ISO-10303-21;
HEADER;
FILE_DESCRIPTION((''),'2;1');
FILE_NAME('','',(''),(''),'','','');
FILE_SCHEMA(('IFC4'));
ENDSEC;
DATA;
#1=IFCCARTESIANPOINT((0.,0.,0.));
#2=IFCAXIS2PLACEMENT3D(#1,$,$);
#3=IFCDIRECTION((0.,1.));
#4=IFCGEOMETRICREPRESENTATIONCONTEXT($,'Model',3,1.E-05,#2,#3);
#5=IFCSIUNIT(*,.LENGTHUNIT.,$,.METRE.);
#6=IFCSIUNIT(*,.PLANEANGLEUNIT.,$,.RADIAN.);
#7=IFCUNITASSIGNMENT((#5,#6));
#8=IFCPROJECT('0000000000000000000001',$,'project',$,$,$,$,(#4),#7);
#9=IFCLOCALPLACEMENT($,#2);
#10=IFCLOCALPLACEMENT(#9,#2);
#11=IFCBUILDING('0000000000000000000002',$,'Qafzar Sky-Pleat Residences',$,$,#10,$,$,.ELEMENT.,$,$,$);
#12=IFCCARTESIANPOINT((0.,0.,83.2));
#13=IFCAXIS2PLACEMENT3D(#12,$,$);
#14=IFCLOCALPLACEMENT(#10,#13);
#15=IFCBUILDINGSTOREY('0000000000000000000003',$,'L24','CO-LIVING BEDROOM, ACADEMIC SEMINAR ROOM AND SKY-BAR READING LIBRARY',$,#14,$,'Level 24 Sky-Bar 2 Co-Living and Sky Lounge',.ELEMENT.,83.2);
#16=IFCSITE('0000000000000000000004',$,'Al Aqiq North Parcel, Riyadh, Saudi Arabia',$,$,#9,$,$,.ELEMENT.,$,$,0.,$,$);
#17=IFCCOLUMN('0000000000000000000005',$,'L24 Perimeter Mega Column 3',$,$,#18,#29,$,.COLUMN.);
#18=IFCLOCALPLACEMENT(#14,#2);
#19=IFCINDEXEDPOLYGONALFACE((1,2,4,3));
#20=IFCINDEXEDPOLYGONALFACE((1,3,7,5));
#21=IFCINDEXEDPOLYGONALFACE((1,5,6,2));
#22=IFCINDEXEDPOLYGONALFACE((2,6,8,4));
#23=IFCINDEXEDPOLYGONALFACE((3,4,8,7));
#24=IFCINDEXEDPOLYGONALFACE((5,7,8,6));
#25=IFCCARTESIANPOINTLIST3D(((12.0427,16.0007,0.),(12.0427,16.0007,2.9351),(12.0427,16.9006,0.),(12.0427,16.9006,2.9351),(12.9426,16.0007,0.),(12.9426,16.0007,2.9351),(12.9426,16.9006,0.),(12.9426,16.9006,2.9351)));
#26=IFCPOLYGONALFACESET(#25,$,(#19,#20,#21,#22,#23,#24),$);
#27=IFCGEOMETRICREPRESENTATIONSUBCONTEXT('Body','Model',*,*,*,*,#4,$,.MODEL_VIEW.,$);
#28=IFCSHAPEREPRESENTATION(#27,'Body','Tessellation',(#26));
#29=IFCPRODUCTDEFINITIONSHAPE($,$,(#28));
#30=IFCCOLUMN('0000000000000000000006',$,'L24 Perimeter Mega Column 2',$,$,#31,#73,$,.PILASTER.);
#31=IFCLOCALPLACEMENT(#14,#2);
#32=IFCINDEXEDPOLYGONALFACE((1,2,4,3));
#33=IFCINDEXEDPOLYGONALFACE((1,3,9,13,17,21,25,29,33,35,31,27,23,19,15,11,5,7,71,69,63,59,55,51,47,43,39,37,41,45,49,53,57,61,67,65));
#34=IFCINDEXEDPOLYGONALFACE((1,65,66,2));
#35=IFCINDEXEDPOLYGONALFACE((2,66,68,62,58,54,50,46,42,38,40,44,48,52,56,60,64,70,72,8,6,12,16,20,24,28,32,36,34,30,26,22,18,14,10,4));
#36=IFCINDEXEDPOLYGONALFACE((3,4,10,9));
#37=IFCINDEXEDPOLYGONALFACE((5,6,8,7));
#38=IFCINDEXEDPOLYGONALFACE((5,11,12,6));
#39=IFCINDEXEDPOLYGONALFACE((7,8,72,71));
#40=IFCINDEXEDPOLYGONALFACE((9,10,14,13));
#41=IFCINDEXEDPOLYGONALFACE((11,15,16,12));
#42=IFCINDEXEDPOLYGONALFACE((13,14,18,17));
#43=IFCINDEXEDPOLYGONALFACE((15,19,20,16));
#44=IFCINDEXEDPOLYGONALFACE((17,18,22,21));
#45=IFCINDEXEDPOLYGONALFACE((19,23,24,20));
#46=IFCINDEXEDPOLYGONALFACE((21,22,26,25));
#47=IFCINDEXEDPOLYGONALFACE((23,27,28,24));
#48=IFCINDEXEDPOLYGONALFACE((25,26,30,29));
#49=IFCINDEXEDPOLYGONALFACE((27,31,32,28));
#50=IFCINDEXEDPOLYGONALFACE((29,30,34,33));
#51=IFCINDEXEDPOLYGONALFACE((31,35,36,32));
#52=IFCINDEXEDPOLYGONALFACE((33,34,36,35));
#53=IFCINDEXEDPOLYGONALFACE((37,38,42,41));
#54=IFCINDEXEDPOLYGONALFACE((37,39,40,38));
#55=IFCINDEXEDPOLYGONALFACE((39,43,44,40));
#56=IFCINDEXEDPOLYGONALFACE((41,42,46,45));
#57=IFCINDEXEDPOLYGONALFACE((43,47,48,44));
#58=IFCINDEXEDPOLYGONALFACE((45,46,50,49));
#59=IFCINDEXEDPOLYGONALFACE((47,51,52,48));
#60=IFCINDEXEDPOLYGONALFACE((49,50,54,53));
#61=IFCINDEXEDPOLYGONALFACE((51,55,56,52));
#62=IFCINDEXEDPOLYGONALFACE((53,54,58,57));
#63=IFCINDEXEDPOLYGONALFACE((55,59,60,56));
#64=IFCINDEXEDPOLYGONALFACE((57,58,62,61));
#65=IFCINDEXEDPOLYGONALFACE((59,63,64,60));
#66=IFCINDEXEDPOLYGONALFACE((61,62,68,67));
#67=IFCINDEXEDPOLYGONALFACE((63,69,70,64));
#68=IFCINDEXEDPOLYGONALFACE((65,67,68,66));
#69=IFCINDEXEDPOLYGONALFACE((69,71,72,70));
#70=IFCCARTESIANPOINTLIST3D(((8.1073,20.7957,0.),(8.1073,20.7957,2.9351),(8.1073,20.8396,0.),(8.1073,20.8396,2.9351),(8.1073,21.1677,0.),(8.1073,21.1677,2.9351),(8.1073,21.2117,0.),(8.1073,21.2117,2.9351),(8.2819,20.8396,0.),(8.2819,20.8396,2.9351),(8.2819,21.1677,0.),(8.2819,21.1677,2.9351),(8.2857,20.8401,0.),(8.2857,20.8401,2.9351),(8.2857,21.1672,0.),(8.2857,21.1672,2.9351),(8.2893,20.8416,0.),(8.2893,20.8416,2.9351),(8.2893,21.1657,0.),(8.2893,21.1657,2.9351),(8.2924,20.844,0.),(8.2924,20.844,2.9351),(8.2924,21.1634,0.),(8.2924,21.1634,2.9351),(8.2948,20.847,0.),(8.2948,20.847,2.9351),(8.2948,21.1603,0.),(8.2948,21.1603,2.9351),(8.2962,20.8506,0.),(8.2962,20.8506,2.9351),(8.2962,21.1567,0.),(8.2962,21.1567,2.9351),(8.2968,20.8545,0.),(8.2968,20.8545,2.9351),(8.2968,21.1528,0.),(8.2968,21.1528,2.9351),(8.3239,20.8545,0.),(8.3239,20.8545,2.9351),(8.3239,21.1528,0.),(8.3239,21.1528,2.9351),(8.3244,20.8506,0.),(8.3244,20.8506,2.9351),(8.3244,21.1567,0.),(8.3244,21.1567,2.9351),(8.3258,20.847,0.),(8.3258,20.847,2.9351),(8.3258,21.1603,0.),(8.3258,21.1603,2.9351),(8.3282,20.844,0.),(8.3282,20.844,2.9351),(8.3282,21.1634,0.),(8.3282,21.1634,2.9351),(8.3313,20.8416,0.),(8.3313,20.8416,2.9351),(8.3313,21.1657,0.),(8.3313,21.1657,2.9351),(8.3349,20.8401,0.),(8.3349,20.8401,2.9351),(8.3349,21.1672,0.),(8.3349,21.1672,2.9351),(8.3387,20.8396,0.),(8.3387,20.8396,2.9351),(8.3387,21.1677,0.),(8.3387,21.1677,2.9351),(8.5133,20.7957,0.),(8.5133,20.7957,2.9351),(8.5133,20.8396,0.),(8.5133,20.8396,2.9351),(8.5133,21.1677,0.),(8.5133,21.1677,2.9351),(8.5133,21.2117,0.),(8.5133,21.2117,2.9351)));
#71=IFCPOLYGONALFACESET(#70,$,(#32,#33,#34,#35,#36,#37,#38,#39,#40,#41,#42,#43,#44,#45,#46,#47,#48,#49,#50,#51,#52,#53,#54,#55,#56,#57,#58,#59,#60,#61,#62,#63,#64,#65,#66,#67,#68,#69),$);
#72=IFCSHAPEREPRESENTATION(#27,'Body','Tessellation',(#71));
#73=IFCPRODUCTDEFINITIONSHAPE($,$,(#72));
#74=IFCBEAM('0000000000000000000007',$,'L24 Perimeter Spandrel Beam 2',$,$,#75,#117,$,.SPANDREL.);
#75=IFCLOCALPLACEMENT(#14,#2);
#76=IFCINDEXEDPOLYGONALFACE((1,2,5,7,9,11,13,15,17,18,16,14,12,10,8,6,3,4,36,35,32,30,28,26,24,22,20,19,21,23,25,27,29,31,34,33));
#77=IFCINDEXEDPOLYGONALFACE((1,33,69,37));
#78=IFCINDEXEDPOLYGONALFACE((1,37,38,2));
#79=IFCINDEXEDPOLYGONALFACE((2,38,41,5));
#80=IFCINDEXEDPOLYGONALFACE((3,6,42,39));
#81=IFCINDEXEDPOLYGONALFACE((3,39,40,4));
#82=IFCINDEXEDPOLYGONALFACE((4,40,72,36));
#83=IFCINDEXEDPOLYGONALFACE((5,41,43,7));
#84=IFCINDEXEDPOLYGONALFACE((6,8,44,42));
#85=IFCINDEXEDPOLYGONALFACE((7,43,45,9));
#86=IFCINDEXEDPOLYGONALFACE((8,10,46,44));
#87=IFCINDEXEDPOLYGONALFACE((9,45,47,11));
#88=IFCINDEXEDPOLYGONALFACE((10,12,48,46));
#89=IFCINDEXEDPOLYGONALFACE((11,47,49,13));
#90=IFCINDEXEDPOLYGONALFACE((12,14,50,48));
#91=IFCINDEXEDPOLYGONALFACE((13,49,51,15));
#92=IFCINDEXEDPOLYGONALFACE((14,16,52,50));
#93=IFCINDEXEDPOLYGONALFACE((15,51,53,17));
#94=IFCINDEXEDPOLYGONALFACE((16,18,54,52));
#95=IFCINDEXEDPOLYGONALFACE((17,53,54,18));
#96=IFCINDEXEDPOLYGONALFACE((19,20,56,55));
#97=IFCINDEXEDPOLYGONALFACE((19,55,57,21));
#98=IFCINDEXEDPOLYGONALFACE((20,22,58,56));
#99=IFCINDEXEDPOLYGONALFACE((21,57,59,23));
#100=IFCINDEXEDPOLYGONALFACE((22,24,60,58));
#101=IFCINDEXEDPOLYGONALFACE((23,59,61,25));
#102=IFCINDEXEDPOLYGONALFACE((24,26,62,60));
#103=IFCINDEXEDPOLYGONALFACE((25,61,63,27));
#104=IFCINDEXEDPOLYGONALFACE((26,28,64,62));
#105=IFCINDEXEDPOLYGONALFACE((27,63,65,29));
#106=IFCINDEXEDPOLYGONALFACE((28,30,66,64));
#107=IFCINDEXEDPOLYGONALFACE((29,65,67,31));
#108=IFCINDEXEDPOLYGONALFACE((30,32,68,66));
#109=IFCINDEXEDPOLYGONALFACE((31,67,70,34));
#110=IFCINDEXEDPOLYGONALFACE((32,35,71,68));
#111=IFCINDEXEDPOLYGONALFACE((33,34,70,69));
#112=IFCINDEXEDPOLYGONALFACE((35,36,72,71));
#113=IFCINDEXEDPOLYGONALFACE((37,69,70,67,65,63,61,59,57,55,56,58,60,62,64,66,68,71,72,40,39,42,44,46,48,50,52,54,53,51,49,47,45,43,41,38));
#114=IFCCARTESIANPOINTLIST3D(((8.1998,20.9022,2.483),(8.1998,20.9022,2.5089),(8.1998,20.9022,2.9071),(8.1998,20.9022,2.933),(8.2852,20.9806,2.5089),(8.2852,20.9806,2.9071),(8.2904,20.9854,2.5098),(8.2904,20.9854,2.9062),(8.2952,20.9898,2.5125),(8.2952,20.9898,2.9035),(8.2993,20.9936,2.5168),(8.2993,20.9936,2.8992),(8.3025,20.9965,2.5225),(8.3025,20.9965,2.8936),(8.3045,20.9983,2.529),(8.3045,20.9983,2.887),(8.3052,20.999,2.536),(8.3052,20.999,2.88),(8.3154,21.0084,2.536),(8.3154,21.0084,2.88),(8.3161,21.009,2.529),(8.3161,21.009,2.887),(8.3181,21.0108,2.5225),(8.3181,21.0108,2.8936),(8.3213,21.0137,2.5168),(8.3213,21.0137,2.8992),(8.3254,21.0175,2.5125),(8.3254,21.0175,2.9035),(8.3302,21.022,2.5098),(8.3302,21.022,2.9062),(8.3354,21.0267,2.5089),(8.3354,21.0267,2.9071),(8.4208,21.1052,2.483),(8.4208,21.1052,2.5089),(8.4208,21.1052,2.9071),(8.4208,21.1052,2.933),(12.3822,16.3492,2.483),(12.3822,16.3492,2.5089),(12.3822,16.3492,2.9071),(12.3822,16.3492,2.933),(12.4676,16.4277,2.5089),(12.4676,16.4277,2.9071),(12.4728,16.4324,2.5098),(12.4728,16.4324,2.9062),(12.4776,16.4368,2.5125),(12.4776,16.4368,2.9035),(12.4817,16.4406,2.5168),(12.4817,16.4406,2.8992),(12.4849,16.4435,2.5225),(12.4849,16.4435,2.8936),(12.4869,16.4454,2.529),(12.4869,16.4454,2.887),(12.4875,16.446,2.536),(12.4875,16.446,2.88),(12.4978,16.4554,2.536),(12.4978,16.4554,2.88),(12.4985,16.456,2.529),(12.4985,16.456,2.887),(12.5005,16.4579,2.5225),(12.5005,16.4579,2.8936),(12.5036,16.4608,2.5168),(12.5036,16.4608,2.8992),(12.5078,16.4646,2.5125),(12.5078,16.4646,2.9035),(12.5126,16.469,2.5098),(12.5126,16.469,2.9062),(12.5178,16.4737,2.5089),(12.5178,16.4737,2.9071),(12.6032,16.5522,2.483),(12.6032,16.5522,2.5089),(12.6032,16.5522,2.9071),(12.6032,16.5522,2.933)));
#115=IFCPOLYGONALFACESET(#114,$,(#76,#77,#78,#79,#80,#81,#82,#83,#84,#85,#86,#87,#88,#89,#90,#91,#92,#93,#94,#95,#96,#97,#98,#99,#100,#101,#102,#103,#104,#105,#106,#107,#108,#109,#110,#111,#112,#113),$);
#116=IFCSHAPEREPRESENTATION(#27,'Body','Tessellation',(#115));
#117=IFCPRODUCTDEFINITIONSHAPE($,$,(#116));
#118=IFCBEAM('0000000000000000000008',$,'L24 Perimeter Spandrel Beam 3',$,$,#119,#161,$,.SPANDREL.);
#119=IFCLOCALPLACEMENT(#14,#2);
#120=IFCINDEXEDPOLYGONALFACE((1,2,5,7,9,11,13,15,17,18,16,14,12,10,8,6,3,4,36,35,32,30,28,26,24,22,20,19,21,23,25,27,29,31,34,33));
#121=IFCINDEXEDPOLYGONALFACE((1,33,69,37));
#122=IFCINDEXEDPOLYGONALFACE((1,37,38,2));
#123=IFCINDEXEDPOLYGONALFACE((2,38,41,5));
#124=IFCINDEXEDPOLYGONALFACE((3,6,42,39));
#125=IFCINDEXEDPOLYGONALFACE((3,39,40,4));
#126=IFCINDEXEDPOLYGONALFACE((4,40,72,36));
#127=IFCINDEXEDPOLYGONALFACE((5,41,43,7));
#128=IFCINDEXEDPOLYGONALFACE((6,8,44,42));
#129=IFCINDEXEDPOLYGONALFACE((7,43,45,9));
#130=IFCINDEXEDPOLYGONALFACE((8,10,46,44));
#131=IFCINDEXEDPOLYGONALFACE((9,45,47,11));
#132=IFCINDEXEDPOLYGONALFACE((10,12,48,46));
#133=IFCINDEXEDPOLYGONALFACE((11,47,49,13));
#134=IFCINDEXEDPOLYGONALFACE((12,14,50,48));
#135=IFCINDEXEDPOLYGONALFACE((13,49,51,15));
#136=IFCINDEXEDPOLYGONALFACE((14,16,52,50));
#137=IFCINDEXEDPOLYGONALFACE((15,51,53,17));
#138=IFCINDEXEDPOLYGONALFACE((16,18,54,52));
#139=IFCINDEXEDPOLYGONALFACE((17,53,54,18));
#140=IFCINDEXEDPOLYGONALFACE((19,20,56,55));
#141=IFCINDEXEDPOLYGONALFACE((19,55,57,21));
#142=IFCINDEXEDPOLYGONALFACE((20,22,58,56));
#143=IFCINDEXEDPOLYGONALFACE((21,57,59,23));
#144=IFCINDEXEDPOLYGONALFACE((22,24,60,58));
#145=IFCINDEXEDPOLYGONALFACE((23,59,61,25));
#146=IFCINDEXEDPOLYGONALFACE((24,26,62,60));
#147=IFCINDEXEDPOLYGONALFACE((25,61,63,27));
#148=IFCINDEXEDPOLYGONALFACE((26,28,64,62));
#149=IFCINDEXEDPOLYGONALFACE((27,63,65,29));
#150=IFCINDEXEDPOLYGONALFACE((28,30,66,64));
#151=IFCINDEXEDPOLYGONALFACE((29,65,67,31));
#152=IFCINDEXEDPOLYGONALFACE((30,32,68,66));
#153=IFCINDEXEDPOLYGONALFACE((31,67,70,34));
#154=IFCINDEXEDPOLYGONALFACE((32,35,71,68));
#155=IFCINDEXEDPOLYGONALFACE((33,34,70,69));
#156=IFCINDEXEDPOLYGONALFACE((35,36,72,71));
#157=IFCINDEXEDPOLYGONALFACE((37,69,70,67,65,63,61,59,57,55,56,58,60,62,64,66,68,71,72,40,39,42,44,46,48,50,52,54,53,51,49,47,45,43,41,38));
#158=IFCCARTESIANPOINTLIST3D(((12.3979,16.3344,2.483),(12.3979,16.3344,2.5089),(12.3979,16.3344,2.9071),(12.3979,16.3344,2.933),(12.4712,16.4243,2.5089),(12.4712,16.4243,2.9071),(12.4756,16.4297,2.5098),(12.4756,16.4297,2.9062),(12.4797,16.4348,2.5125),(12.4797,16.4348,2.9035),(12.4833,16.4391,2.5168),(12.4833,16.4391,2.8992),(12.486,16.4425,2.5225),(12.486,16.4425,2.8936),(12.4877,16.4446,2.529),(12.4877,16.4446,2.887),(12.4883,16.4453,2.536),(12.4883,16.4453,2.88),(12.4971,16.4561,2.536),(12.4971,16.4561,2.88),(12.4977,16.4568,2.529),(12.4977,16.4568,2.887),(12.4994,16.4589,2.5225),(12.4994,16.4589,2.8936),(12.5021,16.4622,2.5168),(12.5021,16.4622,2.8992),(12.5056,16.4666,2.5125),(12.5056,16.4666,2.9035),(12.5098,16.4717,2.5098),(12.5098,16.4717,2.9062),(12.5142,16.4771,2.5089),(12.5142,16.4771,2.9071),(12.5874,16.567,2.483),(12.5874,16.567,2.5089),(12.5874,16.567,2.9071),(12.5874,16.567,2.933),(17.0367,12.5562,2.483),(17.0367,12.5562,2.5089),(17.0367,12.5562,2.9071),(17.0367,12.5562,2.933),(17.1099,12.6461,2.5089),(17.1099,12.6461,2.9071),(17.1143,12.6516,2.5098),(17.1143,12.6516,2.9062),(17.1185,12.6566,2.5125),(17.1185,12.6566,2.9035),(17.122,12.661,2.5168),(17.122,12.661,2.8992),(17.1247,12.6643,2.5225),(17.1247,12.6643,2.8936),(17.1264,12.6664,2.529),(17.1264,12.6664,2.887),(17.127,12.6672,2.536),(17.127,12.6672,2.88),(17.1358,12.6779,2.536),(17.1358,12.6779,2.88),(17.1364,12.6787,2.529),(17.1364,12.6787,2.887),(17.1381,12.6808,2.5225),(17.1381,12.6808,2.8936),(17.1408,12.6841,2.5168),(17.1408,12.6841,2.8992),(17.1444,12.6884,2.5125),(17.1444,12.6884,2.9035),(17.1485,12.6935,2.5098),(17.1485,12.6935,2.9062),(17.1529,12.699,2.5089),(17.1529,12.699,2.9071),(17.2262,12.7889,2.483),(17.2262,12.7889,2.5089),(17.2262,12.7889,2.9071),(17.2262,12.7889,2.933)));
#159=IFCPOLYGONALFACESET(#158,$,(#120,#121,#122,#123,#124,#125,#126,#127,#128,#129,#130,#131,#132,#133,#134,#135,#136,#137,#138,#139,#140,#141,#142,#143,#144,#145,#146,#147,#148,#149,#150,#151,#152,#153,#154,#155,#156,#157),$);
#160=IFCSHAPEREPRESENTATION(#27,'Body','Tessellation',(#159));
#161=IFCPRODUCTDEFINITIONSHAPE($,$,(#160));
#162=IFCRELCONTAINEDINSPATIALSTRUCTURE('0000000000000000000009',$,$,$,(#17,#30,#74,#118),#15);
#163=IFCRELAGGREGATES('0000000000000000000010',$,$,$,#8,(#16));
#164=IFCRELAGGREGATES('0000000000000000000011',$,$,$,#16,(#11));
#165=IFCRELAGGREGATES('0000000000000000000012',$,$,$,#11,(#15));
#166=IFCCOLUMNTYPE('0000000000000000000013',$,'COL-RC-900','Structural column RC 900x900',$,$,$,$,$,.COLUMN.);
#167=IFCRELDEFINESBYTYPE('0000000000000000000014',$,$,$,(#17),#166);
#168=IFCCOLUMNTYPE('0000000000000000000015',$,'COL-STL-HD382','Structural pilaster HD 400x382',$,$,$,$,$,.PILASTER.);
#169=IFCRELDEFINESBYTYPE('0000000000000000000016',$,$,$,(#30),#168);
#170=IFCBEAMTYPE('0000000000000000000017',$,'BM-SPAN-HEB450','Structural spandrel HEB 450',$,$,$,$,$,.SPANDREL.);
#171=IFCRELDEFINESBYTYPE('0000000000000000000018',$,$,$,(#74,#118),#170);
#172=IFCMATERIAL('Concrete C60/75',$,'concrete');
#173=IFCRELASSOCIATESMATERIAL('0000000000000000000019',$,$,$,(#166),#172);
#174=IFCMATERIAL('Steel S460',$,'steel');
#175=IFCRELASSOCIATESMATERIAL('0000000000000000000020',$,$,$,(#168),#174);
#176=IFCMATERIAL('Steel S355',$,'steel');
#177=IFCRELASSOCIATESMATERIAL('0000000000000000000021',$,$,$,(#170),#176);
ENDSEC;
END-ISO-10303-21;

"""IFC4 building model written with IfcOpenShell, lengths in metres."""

from ifc_helpers import new_model, si_unit, direction, frame, origin, origin_2d, place, context, subcontext, project, spatial, rectangle, i_section, extrude, source, transform, mapped, material, material_profile, profile_set, type_object, element, save


model = new_model("IFC4")

# Units and contexts
model_context = context("Model", 3, precision=1e-05, world=origin(), true_north=direction((0.0, 1.0)))
body_context = subcontext(model_context, "Body", "Model", "MODEL_VIEW")
ifc_project = project(units=[si_unit("LENGTHUNIT", "METRE"), si_unit("PLANEANGLEUNIT", "RADIAN")], contexts=[model_context])

# Site, building, storey
site_placement = place(None, origin())
site = spatial("IfcSite", under=ifc_project, at=site_placement, Name="Al Aqiq North Parcel, Riyadh, Saudi Arabia", CompositionType="ELEMENT", RefElevation=0.0)
building_placement = place(site_placement, origin())
building = spatial("IfcBuilding", under=site, at=building_placement, Name="Qafzar Sky-Pleat Residences", CompositionType="ELEMENT")
storey_placement = place(building_placement, frame((0.0, 0.0, 83.2)))
storey = spatial("IfcBuildingStorey", under=building, at=storey_placement, Name="L24", Description="CO-LIVING BEDROOM, ACADEMIC SEMINAR ROOM AND SKY-BAR READING LIBRARY", LongName="Level 24 Sky-Bar 2 Co-Living and Sky Lounge", CompositionType="ELEMENT", Elevation=83.2)

# Columns
ifc_material_1 = material(Name="Concrete C60/75", Category="concrete")
ifc_material_profile_1 = material_profile(ifc_material_1, rectangle(XDim=0.8999, YDim=0.8999, at=origin_2d()), Name="RC 900x900")
ifc_profile_set_1 = profile_set([ifc_material_profile_1], Name="Concrete C60/75")
column_type_1 = type_object("IfcColumnType", Name="COL-RC-900", Description="Structural column RC 900x900", PredefinedType="COLUMN", material=ifc_profile_set_1)
shared_shape_1 = source(origin(), body_context, "Body", "SweptSolid", [
    extrude(rectangle(XDim=0.8999, YDim=0.8999, at=origin_2d()), origin(), (0.0, 0.0, 1.0), 2.9351),
])
column_1_placement = place(storey_placement, frame((12.4927, 16.4507, 0.0), z_axis=(0.0, 0.0, 1.0), x_axis=(1.0, 0.0, 0.0)))
element("IfcColumn", 1, at=column_1_placement, inside=storey, type_object=column_type_1, Name="L24 Perimeter Mega Column 3", PredefinedType="COLUMN", context=body_context, shape_type="MappedRepresentation", body=[
    mapped(shared_shape_1, transform((0.0, 0.0, 0.0), x_axis=(1.0, 0.0, 0.0), y_axis=(0.0, 1.0, 0.0), z_axis=(0.0, 0.0, 1.0), scale=1.0)),
])
ifc_material_2 = material(Name="Steel S460", Category="steel")
ifc_material_profile_2 = material_profile(ifc_material_2, i_section(OverallWidth=0.406, OverallDepth=0.416, WebThickness=0.0271, FlangeThickness=0.0439, FilletRadius=0.0149, at=origin_2d()), Name="HD 400x382")
ifc_profile_set_2 = profile_set([ifc_material_profile_2], Name="Steel S460")
column_type_2 = type_object("IfcColumnType", Name="COL-STL-HD382", Description="Structural pilaster HD 400x382", PredefinedType="PILASTER", material=ifc_profile_set_2)
shared_shape_2 = source(origin(), body_context, "Body", "SweptSolid", [
    extrude(i_section(OverallWidth=0.406, OverallDepth=0.416, WebThickness=0.0271, FlangeThickness=0.0439, FilletRadius=0.0149, at=origin_2d()), origin(), (0.0, 0.0, 1.0), 2.9351),
])
column_2_placement = place(storey_placement, frame((8.3103, 21.0037, 0.0), z_axis=(0.0, 0.0, 1.0), x_axis=(1.0, 0.0, 0.0)))
element("IfcColumn", 2, at=column_2_placement, inside=storey, type_object=column_type_2, Name="L24 Perimeter Mega Column 2", PredefinedType="PILASTER", context=body_context, shape_type="MappedRepresentation", body=[
    mapped(shared_shape_2, transform((0.0, 0.0, 0.0), x_axis=(1.0, 0.0, 0.0), y_axis=(0.0, 1.0, 0.0), z_axis=(0.0, 0.0, 1.0), scale=1.0)),
])

# Beams
ifc_material_3 = material(Name="Steel S355", Category="steel")
ifc_material_profile_3 = material_profile(ifc_material_3, i_section(OverallWidth=0.3, OverallDepth=0.45, WebThickness=0.0139, FlangeThickness=0.0259, FilletRadius=0.0271, at=origin_2d()), Name="HEB 450")
ifc_profile_set_3 = profile_set([ifc_material_profile_3], Name="Steel S355")
beam_type_1 = type_object("IfcBeamType", Name="BM-SPAN-HEB450", Description="Structural spandrel HEB 450", PredefinedType="SPANDREL", material=ifc_profile_set_3)
shared_shape_3 = source(origin(), body_context, "Body", "SweptSolid", [
    extrude(i_section(OverallWidth=0.3, OverallDepth=0.45, WebThickness=0.0139, FlangeThickness=0.0259, FilletRadius=0.0271, at=origin_2d()), origin(), (0.0, 0.0, 1.0), 6.1824),
])
beam_1_placement = place(storey_placement, frame((8.3103, 21.0037, 2.708), z_axis=(0.676499, -0.736444, 0.0), x_axis=(0.736444, 0.676499, 0.0)))
element("IfcBeam", 3, at=beam_1_placement, inside=storey, type_object=beam_type_1, Name="L24 Perimeter Spandrel Beam 2", PredefinedType="SPANDREL", context=body_context, shape_type="MappedRepresentation", body=[
    mapped(shared_shape_3, transform((0.0, 0.0, 0.0), x_axis=(1.0, 0.0, 0.0), y_axis=(0.0, 1.0, 0.0), z_axis=(0.0, 0.0, 1.0), scale=1.0)),
])
shared_shape_4 = source(origin(), body_context, "Body", "SweptSolid", [
    extrude(i_section(OverallWidth=0.3, OverallDepth=0.45, WebThickness=0.0139, FlangeThickness=0.0259, FilletRadius=0.0271, at=origin_2d()), origin(), (0.0, 0.0, 1.0), 5.9827),
])
beam_2_placement = place(storey_placement, frame((12.4927, 16.4507, 2.708), z_axis=(0.775364, -0.631514, 0.0), x_axis=(0.631514, 0.775364, 0.0)))
element("IfcBeam", 4, at=beam_2_placement, inside=storey, type_object=beam_type_1, Name="L24 Perimeter Spandrel Beam 3", PredefinedType="SPANDREL", context=body_context, shape_type="MappedRepresentation", body=[
    mapped(shared_shape_4, transform((0.0, 0.0, 0.0), x_axis=(1.0, 0.0, 0.0), y_axis=(0.0, 1.0, 0.0), z_axis=(0.0, 0.0, 1.0), scale=1.0)),
])

save(model, "model.ifc")
